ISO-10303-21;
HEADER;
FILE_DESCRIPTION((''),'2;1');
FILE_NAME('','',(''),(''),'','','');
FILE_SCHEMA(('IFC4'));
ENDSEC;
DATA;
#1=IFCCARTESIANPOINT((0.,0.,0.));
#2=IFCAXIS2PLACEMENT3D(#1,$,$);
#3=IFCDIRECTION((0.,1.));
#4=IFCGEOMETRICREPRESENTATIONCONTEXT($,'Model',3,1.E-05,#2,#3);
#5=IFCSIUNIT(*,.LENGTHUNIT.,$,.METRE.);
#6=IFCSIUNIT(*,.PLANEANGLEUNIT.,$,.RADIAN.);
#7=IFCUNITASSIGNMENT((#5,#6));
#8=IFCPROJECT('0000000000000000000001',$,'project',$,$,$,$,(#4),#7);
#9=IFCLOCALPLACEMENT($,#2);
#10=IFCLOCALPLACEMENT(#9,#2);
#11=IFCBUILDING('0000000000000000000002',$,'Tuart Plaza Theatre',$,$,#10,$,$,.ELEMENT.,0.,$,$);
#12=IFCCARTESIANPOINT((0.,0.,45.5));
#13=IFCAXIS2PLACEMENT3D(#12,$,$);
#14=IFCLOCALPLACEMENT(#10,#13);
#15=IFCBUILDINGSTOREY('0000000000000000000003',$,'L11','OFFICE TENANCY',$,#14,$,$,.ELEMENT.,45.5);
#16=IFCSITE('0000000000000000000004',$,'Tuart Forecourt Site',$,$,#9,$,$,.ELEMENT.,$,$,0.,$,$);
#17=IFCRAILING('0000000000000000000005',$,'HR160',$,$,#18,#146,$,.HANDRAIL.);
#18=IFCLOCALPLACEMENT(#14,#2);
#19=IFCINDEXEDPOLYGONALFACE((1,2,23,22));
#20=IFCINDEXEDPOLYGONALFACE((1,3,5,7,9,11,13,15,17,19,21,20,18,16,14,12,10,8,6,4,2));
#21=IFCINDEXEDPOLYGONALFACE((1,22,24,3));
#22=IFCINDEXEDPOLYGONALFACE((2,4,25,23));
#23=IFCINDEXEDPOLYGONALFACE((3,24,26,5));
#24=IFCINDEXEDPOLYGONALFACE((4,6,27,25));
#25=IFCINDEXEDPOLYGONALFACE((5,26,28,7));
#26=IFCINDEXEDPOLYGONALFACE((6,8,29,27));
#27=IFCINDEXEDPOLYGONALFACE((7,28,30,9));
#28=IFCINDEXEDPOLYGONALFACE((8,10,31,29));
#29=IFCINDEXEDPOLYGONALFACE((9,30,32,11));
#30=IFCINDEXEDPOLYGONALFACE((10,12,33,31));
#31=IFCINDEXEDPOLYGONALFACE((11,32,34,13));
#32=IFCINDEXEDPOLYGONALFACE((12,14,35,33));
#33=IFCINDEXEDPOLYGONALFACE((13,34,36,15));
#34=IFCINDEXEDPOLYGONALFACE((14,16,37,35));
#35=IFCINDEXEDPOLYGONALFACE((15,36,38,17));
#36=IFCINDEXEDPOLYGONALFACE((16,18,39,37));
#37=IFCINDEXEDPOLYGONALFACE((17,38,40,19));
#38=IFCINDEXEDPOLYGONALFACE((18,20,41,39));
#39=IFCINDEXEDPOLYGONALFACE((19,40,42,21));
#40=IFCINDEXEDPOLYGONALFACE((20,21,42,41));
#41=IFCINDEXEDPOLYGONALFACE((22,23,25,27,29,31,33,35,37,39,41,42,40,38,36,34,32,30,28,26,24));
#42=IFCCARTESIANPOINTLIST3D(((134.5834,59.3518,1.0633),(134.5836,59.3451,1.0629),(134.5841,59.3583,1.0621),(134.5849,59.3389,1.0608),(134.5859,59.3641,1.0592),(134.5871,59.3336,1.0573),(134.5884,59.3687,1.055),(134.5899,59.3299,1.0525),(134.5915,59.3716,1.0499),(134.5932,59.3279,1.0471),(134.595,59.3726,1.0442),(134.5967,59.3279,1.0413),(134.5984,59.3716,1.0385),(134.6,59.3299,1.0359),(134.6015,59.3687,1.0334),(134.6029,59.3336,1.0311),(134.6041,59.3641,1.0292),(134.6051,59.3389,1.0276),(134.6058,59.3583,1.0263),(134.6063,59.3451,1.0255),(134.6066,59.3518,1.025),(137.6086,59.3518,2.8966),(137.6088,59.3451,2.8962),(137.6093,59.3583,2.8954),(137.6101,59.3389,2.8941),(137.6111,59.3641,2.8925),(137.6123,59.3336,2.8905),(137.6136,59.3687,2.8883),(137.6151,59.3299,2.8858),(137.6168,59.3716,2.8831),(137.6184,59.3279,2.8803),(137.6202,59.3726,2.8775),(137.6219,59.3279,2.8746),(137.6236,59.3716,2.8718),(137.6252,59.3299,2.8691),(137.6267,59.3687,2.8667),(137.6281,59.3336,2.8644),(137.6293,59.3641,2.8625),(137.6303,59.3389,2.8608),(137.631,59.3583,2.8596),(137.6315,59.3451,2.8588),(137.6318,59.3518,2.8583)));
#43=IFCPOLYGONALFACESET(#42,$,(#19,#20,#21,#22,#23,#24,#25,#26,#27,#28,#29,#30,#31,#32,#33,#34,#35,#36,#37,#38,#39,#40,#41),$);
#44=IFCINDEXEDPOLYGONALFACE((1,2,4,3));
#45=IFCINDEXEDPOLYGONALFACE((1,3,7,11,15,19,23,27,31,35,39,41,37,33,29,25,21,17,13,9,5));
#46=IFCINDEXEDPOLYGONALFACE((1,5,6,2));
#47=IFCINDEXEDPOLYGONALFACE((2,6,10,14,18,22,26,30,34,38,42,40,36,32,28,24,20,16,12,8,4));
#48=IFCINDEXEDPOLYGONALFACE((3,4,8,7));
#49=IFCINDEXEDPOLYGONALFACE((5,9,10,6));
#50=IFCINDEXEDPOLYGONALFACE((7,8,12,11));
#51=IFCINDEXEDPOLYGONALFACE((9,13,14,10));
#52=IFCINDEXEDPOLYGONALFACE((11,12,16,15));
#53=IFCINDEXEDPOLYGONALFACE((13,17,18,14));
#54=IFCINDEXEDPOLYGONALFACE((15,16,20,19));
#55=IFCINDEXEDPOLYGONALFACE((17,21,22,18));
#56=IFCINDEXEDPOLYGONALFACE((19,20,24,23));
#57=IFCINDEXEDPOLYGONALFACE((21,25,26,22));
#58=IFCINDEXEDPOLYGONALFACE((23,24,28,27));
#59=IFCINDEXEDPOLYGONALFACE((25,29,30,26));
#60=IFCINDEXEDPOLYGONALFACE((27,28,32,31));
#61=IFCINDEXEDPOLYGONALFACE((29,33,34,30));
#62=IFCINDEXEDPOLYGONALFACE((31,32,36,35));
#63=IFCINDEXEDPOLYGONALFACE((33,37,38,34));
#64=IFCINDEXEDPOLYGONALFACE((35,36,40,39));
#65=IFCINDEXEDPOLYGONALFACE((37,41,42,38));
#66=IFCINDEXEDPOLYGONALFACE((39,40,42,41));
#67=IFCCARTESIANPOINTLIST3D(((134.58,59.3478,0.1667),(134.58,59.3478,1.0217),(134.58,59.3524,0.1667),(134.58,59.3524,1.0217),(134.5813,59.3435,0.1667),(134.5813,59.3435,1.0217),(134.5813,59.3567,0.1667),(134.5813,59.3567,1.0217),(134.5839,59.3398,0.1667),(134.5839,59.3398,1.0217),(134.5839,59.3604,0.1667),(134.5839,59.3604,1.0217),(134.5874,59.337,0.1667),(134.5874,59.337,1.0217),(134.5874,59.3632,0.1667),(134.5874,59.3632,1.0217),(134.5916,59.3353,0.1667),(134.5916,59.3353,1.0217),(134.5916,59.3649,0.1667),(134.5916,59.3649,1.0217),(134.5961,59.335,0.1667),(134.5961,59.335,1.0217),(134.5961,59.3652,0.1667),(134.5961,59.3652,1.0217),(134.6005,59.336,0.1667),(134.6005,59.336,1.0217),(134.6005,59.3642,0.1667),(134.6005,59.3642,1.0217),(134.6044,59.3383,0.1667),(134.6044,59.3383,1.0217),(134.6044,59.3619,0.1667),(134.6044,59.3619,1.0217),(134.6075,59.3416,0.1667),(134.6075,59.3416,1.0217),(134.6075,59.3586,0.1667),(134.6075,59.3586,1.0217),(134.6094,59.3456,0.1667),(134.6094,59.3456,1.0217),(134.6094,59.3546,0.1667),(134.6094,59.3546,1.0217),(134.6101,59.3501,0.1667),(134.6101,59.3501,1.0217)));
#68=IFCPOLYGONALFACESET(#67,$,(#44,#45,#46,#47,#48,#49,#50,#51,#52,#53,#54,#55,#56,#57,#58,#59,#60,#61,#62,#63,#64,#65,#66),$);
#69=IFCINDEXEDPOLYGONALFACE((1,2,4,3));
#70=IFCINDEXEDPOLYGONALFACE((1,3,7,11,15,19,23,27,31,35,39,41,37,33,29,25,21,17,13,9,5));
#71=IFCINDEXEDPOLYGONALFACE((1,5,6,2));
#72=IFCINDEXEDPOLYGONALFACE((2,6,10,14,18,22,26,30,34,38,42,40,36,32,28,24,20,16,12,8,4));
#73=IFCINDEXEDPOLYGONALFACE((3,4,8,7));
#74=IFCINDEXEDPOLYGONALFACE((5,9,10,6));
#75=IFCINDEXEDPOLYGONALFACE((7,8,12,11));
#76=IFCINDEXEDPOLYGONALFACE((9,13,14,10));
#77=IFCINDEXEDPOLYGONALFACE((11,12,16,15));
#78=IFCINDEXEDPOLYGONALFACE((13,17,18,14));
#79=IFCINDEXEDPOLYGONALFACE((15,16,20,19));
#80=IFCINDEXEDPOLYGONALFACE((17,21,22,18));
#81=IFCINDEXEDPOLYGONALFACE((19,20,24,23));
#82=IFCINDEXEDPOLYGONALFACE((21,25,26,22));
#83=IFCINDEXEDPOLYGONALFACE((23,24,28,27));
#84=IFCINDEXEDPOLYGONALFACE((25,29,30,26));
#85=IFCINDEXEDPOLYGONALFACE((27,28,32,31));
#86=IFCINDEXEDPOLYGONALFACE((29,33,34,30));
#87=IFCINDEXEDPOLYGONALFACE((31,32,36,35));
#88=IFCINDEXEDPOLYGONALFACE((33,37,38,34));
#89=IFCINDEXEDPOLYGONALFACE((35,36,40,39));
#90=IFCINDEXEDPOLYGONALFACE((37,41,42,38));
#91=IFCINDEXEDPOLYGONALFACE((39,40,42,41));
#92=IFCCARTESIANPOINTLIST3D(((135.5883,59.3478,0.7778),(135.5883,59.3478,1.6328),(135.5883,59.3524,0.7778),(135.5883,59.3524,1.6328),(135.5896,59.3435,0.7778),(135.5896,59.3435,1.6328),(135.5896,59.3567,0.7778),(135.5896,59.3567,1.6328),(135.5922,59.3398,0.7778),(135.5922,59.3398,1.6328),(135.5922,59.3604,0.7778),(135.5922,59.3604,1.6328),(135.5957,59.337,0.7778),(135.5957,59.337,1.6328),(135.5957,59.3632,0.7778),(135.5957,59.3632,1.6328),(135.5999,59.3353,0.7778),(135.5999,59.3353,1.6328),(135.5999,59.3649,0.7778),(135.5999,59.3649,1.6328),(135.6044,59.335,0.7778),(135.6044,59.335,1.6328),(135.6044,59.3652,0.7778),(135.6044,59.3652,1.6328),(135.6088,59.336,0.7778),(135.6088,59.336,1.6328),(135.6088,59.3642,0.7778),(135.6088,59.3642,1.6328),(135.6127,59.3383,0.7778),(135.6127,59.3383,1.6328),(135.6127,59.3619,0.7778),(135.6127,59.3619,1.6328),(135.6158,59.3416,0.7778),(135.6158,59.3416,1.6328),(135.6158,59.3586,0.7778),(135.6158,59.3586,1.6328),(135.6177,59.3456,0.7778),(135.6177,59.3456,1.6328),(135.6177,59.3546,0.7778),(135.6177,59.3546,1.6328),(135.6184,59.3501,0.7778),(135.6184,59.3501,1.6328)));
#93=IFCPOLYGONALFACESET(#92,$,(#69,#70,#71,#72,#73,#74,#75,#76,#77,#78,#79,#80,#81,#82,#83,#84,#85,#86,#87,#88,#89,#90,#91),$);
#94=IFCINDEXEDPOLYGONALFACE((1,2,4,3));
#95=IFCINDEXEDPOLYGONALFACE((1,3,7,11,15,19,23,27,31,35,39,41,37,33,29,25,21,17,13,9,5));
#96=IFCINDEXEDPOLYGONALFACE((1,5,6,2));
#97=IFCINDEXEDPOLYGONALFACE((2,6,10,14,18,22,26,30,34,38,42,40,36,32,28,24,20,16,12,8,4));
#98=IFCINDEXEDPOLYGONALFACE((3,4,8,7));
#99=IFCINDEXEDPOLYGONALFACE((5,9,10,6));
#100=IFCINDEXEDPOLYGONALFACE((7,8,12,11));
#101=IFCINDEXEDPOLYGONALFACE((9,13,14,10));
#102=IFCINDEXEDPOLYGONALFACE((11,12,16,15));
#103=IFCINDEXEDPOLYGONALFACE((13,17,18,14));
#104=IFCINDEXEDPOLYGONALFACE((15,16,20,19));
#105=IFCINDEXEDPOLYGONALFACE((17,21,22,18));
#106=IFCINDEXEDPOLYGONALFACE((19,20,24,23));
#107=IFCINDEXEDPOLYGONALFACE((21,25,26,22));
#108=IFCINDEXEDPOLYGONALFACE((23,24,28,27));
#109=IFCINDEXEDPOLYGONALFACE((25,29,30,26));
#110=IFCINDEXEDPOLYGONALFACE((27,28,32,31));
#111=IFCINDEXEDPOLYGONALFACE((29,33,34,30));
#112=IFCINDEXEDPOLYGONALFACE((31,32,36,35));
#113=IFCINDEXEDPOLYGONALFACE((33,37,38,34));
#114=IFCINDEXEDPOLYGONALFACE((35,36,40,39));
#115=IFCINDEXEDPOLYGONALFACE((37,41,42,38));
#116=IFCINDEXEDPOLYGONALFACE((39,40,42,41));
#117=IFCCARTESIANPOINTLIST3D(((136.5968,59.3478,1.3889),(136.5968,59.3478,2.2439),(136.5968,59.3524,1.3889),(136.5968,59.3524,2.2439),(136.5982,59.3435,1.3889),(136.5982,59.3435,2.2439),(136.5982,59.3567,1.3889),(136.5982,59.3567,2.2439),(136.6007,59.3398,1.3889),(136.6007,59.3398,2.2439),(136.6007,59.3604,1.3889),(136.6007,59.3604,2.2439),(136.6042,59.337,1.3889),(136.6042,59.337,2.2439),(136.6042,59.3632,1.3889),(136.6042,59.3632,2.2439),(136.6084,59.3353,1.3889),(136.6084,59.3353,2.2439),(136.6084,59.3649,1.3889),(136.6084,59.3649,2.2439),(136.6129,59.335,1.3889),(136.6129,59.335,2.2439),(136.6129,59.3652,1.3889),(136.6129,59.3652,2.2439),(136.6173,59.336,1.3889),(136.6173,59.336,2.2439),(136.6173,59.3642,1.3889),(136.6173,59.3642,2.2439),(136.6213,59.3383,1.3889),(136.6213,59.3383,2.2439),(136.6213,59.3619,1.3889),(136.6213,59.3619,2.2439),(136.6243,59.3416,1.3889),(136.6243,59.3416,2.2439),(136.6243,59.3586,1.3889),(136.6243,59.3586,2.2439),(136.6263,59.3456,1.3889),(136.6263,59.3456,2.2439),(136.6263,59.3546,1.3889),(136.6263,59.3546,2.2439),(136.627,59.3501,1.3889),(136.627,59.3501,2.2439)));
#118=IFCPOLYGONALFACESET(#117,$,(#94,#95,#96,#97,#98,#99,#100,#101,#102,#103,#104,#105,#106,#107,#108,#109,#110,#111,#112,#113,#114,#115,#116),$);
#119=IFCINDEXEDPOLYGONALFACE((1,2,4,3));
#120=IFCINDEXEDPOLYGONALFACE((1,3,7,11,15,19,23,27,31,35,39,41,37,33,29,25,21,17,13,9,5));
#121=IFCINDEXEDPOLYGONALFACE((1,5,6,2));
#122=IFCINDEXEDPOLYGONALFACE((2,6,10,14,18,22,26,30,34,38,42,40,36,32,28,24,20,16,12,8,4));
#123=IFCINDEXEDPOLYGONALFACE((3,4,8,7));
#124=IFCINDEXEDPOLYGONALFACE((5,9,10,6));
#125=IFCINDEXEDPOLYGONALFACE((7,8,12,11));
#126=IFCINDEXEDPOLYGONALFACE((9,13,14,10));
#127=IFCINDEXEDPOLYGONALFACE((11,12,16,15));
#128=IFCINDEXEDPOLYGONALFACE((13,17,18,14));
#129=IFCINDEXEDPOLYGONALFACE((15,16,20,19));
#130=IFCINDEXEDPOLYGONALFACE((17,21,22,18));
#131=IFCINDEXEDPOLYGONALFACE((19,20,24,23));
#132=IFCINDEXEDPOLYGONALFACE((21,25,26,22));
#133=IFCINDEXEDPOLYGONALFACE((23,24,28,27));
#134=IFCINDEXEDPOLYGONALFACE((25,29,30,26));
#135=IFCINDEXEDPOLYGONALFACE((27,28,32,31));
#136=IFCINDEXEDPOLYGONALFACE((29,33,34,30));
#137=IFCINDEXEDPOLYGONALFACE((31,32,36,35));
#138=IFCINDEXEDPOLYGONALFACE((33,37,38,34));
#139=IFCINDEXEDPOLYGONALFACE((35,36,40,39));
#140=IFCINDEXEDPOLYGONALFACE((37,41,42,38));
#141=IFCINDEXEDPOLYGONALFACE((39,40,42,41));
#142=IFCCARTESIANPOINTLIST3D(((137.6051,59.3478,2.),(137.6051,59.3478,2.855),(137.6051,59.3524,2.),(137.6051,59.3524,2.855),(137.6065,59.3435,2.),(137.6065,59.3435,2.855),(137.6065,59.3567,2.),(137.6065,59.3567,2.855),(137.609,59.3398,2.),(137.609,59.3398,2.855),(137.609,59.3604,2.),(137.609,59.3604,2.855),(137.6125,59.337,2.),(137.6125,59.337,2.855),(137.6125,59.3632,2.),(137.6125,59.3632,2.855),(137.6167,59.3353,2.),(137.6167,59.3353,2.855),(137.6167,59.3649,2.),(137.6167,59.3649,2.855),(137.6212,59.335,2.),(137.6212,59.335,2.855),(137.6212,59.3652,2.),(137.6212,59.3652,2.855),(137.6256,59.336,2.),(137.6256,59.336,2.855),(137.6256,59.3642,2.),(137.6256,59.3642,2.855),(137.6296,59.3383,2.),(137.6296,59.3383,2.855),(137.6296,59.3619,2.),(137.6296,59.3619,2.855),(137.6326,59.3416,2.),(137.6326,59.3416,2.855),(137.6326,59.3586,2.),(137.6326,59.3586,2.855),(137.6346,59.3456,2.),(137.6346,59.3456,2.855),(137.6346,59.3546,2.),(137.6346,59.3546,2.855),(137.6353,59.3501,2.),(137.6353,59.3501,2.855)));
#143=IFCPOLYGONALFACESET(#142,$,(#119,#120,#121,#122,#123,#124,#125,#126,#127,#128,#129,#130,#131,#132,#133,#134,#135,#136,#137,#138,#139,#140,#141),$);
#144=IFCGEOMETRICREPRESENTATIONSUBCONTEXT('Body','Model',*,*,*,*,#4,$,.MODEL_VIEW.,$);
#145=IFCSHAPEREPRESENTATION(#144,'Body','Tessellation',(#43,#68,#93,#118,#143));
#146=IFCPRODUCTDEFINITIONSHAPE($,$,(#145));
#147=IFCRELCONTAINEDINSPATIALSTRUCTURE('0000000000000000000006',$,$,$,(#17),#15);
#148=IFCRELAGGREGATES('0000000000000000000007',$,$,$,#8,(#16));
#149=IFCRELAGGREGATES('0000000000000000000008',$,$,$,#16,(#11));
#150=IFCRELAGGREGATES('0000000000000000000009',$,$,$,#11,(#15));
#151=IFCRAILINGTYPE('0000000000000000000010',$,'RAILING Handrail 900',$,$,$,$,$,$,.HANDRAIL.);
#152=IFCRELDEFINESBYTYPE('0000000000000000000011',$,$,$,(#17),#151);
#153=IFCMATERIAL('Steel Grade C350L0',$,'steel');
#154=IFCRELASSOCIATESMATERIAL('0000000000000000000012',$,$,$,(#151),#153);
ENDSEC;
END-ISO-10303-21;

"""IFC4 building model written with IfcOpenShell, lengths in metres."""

from ifc_helpers import new_model, si_unit, direction, frame, origin, origin_2d, place, context, subcontext, project, spatial, circle, extrude, material, type_object, element, save


model = new_model("IFC4")

# Units and contexts
model_context = context("Model", 3, precision=1e-05, world=origin(), true_north=direction((0.0, 1.0)))
body_context = subcontext(model_context, "Body", "Model", "MODEL_VIEW")
ifc_project = project(units=[si_unit("LENGTHUNIT", "METRE"), si_unit("PLANEANGLEUNIT", "RADIAN")], contexts=[model_context])

# Site, building, storey
site_placement = place(None, origin())
site = spatial("IfcSite", under=ifc_project, at=site_placement, Name="Tuart Forecourt Site", CompositionType="ELEMENT", RefElevation=0.0)
building_placement = place(site_placement, origin())
building = spatial("IfcBuilding", under=site, at=building_placement, Name="Tuart Plaza Theatre", CompositionType="ELEMENT", ElevationOfRefHeight=0.0)
storey_placement = place(building_placement, frame((0.0, 0.0, 45.5)))
storey = spatial("IfcBuildingStorey", under=building, at=storey_placement, Name="L11", Description="OFFICE TENANCY", CompositionType="ELEMENT", Elevation=45.5)

# Railing
ifc_material_1 = material(Name="Steel Grade C350L0", Category="steel")
railing_type_1 = type_object("IfcRailingType", Name="RAILING Handrail 900", PredefinedType="HANDRAIL", material=ifc_material_1)
for number, where, name in (
    (1, (134.595, 59.3501, 0.1667), "HR160"),
):
    element("IfcRailing", number, at=place(storey_placement, frame(where)), inside=storey, type_object=railing_type_1, Name=name, PredefinedType="HANDRAIL", context=body_context, shape_type="SweptSolid", body=[
        extrude(circle(Radius=0.0225, at=origin_2d()), frame((0.0, 0.0, 0.8774), z_axis=(0.855219, 0.0, 0.518267), x_axis=(0.0, 1.0, 0.0)), (0.0, 0.0, 1.0), 3.5374),
        extrude(circle(Radius=0.0151, at=origin_2d()), origin(), (0.0, 0.0, 1.0), 0.855),
        extrude(circle(Radius=0.0151, at=origin_2d()), frame((1.0083, 0.0, 0.6111)), (0.0, 0.0, 1.0), 0.855),
        extrude(circle(Radius=0.0151, at=origin_2d()), frame((2.0168, 0.0, 1.2222)), (0.0, 0.0, 1.0), 0.855),
        extrude(circle(Radius=0.0151, at=origin_2d()), frame((3.0251, 0.0, 1.8333)), (0.0, 0.0, 1.0), 0.855),
    ])

save(model, "model.ifc")
